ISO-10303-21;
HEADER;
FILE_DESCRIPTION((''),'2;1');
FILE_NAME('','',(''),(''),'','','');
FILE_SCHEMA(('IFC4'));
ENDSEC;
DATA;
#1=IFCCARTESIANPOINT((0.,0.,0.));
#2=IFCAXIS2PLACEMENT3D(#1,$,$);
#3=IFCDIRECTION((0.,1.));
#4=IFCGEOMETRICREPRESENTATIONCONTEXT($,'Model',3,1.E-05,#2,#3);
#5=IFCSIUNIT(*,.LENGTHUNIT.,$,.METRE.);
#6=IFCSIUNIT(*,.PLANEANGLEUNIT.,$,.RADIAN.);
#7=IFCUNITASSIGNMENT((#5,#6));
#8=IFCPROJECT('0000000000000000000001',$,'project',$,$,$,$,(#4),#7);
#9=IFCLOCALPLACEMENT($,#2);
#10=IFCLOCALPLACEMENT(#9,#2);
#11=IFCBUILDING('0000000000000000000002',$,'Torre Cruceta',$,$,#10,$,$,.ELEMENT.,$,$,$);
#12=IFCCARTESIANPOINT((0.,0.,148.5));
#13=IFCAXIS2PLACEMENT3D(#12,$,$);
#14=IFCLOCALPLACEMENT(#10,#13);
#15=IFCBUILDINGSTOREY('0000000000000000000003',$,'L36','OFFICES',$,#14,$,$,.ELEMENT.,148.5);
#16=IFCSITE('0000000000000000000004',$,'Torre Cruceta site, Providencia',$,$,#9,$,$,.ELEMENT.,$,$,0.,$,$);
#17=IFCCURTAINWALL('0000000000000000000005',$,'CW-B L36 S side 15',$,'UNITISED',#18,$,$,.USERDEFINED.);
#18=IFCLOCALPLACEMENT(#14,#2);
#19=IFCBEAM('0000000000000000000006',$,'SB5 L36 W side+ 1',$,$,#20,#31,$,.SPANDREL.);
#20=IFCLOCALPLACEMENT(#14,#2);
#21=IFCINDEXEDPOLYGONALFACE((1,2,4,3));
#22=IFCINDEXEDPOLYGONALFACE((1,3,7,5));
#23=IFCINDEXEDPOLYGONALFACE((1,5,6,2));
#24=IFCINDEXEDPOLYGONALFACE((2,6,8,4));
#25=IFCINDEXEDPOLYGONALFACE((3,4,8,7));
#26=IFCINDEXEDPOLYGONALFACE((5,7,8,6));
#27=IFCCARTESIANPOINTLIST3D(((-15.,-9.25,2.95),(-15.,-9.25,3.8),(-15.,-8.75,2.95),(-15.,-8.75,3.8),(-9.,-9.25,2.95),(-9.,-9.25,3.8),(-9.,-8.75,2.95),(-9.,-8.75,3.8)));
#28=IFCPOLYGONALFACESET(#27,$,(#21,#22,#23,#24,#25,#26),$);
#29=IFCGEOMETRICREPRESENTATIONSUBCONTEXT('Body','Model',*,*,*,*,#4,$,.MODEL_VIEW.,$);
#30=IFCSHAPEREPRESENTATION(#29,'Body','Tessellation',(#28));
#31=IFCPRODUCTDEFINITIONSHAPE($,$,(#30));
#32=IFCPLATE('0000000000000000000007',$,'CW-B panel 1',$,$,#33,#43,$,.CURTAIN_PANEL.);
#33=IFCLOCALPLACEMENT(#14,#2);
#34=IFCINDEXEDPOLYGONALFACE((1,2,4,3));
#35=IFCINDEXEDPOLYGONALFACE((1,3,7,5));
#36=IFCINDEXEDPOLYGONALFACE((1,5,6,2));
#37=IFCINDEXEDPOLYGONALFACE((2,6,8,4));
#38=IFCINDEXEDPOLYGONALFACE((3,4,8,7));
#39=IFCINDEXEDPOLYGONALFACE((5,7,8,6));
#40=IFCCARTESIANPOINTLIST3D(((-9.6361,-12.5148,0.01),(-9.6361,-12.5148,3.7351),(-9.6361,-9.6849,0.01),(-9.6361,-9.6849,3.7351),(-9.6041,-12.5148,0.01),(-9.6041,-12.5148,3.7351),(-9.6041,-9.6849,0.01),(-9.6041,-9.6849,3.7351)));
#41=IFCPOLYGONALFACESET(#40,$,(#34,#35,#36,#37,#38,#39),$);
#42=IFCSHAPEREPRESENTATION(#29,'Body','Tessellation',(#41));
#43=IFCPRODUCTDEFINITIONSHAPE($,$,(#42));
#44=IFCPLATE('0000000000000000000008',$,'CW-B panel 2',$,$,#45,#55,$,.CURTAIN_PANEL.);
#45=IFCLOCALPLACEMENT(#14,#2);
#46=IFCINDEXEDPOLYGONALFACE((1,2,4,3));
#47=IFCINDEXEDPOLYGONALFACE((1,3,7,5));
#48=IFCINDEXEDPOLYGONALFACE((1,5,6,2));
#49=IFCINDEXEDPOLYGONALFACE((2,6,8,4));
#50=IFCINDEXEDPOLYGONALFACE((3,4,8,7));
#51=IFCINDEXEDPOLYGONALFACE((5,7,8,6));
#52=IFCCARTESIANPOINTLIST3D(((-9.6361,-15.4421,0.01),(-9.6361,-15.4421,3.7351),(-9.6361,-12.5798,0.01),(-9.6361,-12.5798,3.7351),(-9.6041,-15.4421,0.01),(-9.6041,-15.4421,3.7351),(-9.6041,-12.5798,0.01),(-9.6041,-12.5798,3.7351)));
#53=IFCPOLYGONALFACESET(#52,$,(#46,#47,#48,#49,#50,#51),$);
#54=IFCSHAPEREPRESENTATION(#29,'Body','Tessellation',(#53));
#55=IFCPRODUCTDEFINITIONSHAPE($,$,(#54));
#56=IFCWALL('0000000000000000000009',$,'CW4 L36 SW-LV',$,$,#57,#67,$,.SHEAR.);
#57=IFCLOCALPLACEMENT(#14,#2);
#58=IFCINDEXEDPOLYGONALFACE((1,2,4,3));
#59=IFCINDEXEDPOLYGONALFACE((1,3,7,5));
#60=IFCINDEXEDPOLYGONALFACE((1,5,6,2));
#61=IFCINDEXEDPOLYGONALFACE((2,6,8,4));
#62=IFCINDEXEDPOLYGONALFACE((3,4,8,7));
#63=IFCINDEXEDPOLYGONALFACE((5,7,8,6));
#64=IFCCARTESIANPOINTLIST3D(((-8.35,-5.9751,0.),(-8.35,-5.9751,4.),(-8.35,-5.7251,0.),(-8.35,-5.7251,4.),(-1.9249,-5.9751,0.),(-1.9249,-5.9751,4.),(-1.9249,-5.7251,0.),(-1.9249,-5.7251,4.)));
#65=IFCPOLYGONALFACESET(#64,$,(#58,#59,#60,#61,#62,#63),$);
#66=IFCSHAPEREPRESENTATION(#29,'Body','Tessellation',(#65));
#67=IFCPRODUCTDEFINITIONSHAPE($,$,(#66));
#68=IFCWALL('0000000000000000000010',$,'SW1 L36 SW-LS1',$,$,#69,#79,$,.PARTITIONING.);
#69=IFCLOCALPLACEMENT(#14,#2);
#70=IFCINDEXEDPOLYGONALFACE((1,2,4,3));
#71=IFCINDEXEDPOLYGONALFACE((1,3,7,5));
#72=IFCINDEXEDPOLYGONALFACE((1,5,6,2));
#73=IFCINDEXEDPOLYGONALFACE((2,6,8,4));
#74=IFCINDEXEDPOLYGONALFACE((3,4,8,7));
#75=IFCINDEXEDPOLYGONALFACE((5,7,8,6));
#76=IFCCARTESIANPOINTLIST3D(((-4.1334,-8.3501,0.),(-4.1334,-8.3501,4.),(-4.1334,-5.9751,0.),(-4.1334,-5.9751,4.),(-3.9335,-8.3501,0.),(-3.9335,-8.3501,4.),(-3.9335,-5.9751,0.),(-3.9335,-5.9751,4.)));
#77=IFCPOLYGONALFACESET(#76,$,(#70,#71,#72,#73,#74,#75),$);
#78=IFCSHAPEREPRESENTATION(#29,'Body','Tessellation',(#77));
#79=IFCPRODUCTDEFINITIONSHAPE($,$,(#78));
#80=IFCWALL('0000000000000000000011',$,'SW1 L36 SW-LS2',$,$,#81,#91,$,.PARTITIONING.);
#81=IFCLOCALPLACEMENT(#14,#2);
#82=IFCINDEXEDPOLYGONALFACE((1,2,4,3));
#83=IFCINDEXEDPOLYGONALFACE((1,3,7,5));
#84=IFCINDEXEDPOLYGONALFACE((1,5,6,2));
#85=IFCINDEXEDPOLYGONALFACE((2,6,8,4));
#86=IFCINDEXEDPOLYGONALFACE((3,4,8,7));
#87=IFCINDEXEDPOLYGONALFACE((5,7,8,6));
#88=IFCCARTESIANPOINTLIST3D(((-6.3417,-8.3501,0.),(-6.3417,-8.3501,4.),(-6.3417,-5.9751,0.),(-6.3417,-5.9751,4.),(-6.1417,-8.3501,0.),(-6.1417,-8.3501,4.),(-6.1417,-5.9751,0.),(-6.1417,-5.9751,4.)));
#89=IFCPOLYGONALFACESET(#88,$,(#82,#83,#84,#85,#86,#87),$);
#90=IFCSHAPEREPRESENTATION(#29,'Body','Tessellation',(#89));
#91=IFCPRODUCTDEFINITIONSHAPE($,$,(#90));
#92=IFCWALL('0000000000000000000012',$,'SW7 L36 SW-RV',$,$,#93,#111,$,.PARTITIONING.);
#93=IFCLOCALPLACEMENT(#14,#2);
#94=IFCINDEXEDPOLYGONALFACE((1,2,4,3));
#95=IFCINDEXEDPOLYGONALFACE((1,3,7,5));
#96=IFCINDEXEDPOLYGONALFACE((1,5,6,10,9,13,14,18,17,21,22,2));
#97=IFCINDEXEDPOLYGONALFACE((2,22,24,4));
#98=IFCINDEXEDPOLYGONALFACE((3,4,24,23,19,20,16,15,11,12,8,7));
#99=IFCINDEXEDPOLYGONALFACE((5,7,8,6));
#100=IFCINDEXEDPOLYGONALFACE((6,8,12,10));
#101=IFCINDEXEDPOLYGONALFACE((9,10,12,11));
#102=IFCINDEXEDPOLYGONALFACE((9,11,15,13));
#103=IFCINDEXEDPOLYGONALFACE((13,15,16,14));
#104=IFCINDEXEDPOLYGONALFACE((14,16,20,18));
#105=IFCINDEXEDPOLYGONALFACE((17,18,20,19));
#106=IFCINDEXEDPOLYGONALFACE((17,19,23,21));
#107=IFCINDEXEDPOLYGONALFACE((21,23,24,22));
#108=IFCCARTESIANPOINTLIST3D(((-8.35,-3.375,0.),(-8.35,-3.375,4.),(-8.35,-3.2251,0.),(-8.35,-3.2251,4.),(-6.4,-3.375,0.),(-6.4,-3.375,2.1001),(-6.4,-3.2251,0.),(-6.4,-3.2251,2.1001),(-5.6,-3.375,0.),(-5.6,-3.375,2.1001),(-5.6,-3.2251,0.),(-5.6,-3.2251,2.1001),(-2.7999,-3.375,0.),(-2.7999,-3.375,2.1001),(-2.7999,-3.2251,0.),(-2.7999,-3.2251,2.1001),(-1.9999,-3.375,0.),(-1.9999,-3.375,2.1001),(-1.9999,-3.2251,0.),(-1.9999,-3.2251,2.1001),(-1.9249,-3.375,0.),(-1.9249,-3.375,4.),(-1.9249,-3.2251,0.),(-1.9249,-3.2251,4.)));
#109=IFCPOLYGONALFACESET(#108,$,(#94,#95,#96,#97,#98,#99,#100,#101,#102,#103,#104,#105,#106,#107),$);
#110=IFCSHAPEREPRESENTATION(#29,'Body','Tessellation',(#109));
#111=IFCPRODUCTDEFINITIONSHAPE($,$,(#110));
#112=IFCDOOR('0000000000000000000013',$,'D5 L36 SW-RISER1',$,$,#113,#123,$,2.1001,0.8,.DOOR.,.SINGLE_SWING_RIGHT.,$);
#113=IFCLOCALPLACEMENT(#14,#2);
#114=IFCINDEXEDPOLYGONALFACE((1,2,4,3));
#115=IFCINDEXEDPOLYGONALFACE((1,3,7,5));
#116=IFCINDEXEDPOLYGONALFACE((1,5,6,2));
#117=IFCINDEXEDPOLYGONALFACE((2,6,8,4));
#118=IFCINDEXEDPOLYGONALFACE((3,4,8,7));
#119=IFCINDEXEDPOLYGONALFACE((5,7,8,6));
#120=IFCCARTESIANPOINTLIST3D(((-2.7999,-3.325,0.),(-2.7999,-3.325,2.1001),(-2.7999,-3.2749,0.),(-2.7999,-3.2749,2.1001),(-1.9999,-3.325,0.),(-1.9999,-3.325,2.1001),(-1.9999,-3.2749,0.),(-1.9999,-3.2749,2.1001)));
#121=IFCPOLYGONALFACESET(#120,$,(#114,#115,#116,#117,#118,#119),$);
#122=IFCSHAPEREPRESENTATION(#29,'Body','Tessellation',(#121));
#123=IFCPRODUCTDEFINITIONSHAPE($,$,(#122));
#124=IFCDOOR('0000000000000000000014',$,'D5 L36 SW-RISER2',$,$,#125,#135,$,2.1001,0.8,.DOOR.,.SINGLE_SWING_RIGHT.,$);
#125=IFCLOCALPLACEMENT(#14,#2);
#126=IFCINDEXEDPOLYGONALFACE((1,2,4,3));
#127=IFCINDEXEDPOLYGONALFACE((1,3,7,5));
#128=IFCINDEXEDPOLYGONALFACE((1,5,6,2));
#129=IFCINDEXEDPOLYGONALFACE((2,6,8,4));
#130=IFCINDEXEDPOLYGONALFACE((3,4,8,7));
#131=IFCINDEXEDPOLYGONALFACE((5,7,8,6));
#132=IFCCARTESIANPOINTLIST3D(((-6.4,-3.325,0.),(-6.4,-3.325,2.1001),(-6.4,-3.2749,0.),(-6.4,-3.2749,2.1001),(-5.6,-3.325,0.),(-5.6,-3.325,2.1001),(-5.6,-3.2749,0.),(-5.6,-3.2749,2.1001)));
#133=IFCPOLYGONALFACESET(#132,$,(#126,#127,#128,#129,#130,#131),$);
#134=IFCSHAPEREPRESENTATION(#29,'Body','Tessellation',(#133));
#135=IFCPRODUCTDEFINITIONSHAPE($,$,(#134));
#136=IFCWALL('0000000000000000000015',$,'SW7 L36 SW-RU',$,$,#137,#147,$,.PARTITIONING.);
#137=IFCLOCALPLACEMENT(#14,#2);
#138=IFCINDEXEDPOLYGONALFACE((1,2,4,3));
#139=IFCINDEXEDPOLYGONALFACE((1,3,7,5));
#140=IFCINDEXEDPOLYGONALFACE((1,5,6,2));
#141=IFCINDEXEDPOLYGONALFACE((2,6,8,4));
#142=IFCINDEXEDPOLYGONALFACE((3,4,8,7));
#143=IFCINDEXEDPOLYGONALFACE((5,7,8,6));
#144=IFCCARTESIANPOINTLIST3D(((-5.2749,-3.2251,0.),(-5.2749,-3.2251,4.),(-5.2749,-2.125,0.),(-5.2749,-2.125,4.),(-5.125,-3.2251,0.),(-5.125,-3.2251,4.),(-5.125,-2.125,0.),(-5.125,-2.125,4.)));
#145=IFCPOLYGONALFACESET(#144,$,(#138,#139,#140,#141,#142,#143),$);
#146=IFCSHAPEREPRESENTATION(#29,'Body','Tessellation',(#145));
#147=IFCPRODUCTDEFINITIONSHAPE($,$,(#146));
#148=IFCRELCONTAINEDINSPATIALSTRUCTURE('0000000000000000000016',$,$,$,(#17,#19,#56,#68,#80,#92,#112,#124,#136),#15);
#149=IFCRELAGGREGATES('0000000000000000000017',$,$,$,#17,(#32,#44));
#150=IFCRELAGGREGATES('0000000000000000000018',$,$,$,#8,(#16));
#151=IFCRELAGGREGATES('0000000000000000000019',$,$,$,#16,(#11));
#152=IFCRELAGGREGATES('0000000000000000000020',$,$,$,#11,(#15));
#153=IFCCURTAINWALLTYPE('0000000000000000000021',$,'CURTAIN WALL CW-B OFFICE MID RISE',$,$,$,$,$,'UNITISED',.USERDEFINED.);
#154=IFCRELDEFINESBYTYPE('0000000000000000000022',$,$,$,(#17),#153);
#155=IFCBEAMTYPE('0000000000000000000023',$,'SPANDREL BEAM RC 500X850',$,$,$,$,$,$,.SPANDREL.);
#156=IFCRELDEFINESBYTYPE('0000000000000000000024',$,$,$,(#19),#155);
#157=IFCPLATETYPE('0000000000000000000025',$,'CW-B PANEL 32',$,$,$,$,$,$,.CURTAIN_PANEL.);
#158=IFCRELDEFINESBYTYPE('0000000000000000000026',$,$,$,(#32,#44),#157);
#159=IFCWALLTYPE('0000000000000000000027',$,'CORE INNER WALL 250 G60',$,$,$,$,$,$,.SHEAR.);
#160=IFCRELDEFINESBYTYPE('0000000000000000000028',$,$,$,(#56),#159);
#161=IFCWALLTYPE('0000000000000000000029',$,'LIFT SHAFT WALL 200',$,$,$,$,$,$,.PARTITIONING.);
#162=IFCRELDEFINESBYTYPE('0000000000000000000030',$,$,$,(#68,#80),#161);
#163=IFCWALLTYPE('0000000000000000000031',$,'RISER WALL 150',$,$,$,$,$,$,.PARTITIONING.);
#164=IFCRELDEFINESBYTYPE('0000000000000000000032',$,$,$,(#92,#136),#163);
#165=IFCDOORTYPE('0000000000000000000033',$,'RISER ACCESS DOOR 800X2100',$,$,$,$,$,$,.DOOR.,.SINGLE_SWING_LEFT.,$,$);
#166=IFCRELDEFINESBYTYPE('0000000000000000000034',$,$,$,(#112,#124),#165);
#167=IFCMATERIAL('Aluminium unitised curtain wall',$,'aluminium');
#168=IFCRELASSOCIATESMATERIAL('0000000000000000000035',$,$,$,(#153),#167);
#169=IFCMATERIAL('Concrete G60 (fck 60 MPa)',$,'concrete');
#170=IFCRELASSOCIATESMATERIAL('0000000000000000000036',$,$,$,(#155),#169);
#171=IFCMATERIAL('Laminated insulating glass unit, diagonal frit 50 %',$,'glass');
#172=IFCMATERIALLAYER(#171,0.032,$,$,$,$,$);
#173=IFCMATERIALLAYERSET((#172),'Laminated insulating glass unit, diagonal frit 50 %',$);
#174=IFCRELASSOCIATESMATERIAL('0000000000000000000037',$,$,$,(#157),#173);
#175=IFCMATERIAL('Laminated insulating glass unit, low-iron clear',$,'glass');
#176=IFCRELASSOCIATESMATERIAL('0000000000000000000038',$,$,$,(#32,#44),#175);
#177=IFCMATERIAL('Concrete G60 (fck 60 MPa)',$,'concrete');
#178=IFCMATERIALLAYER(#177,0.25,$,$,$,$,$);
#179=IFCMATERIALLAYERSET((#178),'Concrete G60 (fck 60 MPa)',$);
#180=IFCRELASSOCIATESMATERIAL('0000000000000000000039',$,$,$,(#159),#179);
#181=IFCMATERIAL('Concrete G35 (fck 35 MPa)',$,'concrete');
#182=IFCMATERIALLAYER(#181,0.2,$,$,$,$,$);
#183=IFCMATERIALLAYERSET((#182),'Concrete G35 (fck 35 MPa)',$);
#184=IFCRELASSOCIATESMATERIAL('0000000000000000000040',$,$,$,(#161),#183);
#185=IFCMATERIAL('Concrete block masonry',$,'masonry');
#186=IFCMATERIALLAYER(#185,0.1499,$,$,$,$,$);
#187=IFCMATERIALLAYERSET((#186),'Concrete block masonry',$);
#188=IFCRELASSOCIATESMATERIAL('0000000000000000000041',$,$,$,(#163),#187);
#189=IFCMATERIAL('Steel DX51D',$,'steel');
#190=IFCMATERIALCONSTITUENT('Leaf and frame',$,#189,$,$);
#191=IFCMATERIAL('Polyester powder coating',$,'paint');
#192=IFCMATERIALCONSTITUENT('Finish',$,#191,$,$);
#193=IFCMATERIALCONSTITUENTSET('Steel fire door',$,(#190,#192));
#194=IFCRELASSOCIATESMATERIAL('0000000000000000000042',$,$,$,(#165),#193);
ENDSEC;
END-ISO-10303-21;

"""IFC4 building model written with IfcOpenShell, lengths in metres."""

from ifc_helpers import new_model, si_unit, direction, frame, frame_2d, origin, origin_2d, place, context, subcontext, project, spatial, rectangle, extrude, material, layer, layer_set, constituent, constituent_set, material_profile, profile_set, type_object, element, fill, aggregate, save


model = new_model("IFC4")

# Units and contexts
model_context = context("Model", 3, precision=1e-05, world=origin(), true_north=direction((0.0, 1.0)))
body_context = subcontext(model_context, "Body", "Model", "MODEL_VIEW")
ifc_project = project(units=[si_unit("LENGTHUNIT", "METRE"), si_unit("PLANEANGLEUNIT", "RADIAN")], contexts=[model_context])

# Site, building, storey
site_placement = place(None, origin())
site = spatial("IfcSite", under=ifc_project, at=site_placement, Name="Torre Cruceta site, Providencia", CompositionType="ELEMENT", RefElevation=0.0)
building_placement = place(site_placement, origin())
building = spatial("IfcBuilding", under=site, at=building_placement, Name="Torre Cruceta", CompositionType="ELEMENT")
storey_placement = place(building_placement, frame((0.0, 0.0, 148.5)))
storey = spatial("IfcBuildingStorey", under=building, at=storey_placement, Name="L36", Description="OFFICES", CompositionType="ELEMENT", Elevation=148.5)

# Curtain wall
ifc_material_1 = material(Name="Aluminium unitised curtain wall", Category="aluminium")
curtain_wall_type = type_object("IfcCurtainWallType", Name="CURTAIN WALL CW-B OFFICE MID RISE", ElementType="UNITISED", PredefinedType="USERDEFINED", material=ifc_material_1)
curtain_wall_placement = place(storey_placement, origin())
curtain_wall = element("IfcCurtainWall", 1, at=curtain_wall_placement, inside=storey, type_object=curtain_wall_type, Name="CW-B L36 S side 15", ObjectType="UNITISED", PredefinedType="USERDEFINED")

# Beam
ifc_material_2 = material(Name="Concrete G60 (fck 60 MPa)", Category="concrete")
ifc_material_profile_1 = material_profile(ifc_material_2, rectangle(XDim=0.5, YDim=0.8501, at=origin_2d()), Name="RC 500X850")
ifc_profile_set_1 = profile_set([ifc_material_profile_1], Name="Concrete G60 (fck 60 MPa)")
beam_type_1 = type_object("IfcBeamType", Name="SPANDREL BEAM RC 500X850", PredefinedType="SPANDREL", material=ifc_profile_set_1)
beam_1_placement = place(storey_placement, frame((-9.0, -9.0, 3.375), z_axis=(-1.0, 0.0, 0.0), x_axis=(0.0, -1.0, 0.0)))
element("IfcBeam", 2, at=beam_1_placement, inside=storey, type_object=beam_type_1, Name="SB5 L36 W side+ 1", PredefinedType="SPANDREL", context=body_context, shape_type="SweptSolid", body=[
    extrude(rectangle(XDim=0.5, YDim=0.8501, at=origin_2d()), origin(), (0.0, 0.0, 1.0), 6.0),
])

# Plates
ifc_material_3 = material(Name="Laminated insulating glass unit, low-iron clear", Category="glass")
ifc_material_4 = material(Name="Laminated insulating glass unit, diagonal frit 50 %", Category="glass")
ifc_layer_1 = layer(ifc_material_4, 0.032)
ifc_layer_set_1 = layer_set([ifc_layer_1], Name="Laminated insulating glass unit, diagonal frit 50 %")
plate_type = type_object("IfcPlateType", Name="CW-B PANEL 32", PredefinedType="CURTAIN_PANEL", material=ifc_layer_set_1)
plate_1_placement = place(storey_placement, frame((-9.6201, -11.0999, 0.01), z_axis=(0.0, 0.0, 1.0), x_axis=(0.0, -1.0, 0.0)))
plate_1 = element("IfcPlate", 3, at=plate_1_placement, type_object=plate_type, material=ifc_material_3, Name="CW-B panel 1", PredefinedType="CURTAIN_PANEL", context=body_context, shape_type="SweptSolid", body=[
    extrude(rectangle(XDim=2.8298, YDim=0.032, at=origin_2d()), origin(), (0.0, 0.0, 1.0), 3.7251),
])
plate_2_placement = place(storey_placement, frame((-9.6201, -14.011, 0.01), z_axis=(0.0, 0.0, 1.0), x_axis=(0.0, -1.0, 0.0)))
plate_2 = element("IfcPlate", 4, at=plate_2_placement, type_object=plate_type, material=ifc_material_3, Name="CW-B panel 2", PredefinedType="CURTAIN_PANEL", context=body_context, shape_type="SweptSolid", body=[
    extrude(rectangle(XDim=2.8623, YDim=0.032, at=origin_2d()), origin(), (0.0, 0.0, 1.0), 3.7251),
])
aggregate(curtain_wall, [plate_1, plate_2])

# Wall
ifc_material_5 = material(Name="Concrete G60 (fck 60 MPa)", Category="concrete")
ifc_layer_2 = layer(ifc_material_5, 0.25)
ifc_layer_set_2 = layer_set([ifc_layer_2], Name="Concrete G60 (fck 60 MPa)")
wall_type_1 = type_object("IfcWallType", Name="CORE INNER WALL 250 G60", PredefinedType="SHEAR", material=ifc_layer_set_2)
wall_1_placement = place(storey_placement, frame((-1.925, -5.8501, 0.0), z_axis=(0.0, 0.0, 1.0), x_axis=(-1.0, 0.0, 0.0)))
element("IfcWall", 5, at=wall_1_placement, inside=storey, type_object=wall_type_1, Name="CW4 L36 SW-LV", PredefinedType="SHEAR", context=body_context, shape_type="SweptSolid", body=[
    extrude(rectangle(XDim=6.425, YDim=0.25, at=frame_2d((3.2124, 0.0))), origin(), (0.0, 0.0, 1.0), 4.0),
])

# Walls
ifc_material_6 = material(Name="Concrete G35 (fck 35 MPa)", Category="concrete")
ifc_layer_3 = layer(ifc_material_6, 0.2)
ifc_layer_set_3 = layer_set([ifc_layer_3], Name="Concrete G35 (fck 35 MPa)")
wall_type_2 = type_object("IfcWallType", Name="LIFT SHAFT WALL 200", PredefinedType="PARTITIONING", material=ifc_layer_set_3)
for number, where, z_axis, x_axis, name in (
    (6, (-4.0334, -5.9751, 0.0), (0.0, 0.0, 1.0), (0.0, -1.0, 0.0), "SW1 L36 SW-LS1"),
    (7, (-6.2417, -5.9751, 0.0), (0.0, 0.0, 1.0), (0.0, -1.0, 0.0), "SW1 L36 SW-LS2"),
):
    element("IfcWall", number, at=place(storey_placement, frame(where, z_axis=z_axis, x_axis=x_axis)), inside=storey, type_object=wall_type_2, Name=name, PredefinedType="PARTITIONING", context=body_context, shape_type="SweptSolid", body=[
        extrude(rectangle(XDim=2.375, YDim=0.2, at=frame_2d((1.1875, 0.0))), origin(), (0.0, 0.0, 1.0), 4.0),
    ])

# Wall, openings, doors
ifc_material_7 = material(Name="Concrete block masonry", Category="masonry")
ifc_layer_4 = layer(ifc_material_7, 0.1499)
ifc_layer_set_4 = layer_set([ifc_layer_4], Name="Concrete block masonry")
wall_type_3 = type_object("IfcWallType", Name="RISER WALL 150", PredefinedType="PARTITIONING", material=ifc_layer_set_4)
wall_2_placement = place(storey_placement, frame((-1.925, -3.3, 0.0), z_axis=(0.0, 0.0, 1.0), x_axis=(-1.0, 0.0, 0.0)))
wall_2 = element("IfcWall", 8, at=wall_2_placement, inside=storey, type_object=wall_type_3, Name="SW7 L36 SW-RV", PredefinedType="PARTITIONING", context=body_context, shape_type="SweptSolid", body=[
    extrude(rectangle(XDim=6.425, YDim=0.1499, at=frame_2d((3.2124, 0.0))), origin(), (0.0, 0.0, 1.0), 4.0),
])
opening_1_placement = place(wall_2_placement, frame((0.075, 0.0, 0.0)))
opening_1 = element("IfcOpeningElement", 9, at=opening_1_placement, cuts=wall_2, PredefinedType="OPENING", context=body_context, shape_type="SweptSolid", body=[
    extrude(rectangle(XDim=0.8, YDim=2.1001, at=frame_2d((0.3999, 1.05))), frame((0.0, 0.085, 0.0), z_axis=(0.0, -1.0, 0.0), x_axis=(1.0, 0.0, 0.0)), (0.0, 0.0, 1.0), 0.1699),
])
opening_2_placement = place(wall_2_placement, frame((3.675, 0.0, 0.0)))
opening_2 = element("IfcOpeningElement", 10, at=opening_2_placement, cuts=wall_2, PredefinedType="OPENING", context=body_context, shape_type="SweptSolid", body=[
    extrude(rectangle(XDim=0.8, YDim=2.1001, at=frame_2d((0.3999, 1.05))), frame((0.0, 0.085, 0.0), z_axis=(0.0, -1.0, 0.0), x_axis=(1.0, 0.0, 0.0)), (0.0, 0.0, 1.0), 0.1699),
])
ifc_material_8 = material(Name="Steel DX51D", Category="steel")
ifc_constituent_1 = constituent(ifc_material_8, Name="Leaf and frame")
ifc_material_9 = material(Name="Polyester powder coating", Category="paint")
ifc_constituent_2 = constituent(ifc_material_9, Name="Finish")
ifc_constituent_set_1 = constituent_set(constituents=[ifc_constituent_1, ifc_constituent_2], Name="Steel fire door")
door_type_1 = type_object("IfcDoorType", Name="RISER ACCESS DOOR 800X2100", OperationType="SINGLE_SWING_LEFT", PredefinedType="DOOR", material=ifc_constituent_set_1)
door_1_placement = place(opening_1_placement, frame((0.8, 0.0, 0.0), z_axis=(0.0, 0.0, 1.0), x_axis=(-1.0, 0.0, 0.0)))
door_1 = element("IfcDoor", 11, at=door_1_placement, inside=storey, type_object=door_type_1, Name="D5 L36 SW-RISER1", OperationType="SINGLE_SWING_RIGHT", OverallHeight=2.1001, OverallWidth=0.8, PredefinedType="DOOR", context=body_context, shape_type="SweptSolid", body=[
    extrude(rectangle(XDim=0.8, YDim=2.1001, at=frame_2d((0.4001, 1.05))), frame((0.0, 0.0251, 0.0), z_axis=(0.0, -1.0, 0.0), x_axis=(1.0, 0.0, 0.0)), (0.0, 0.0, 1.0), 0.05),
])
fill(opening_1, door_1)
door_2_placement = place(opening_2_placement, frame((0.8, 0.0, 0.0), z_axis=(0.0, 0.0, 1.0), x_axis=(-1.0, 0.0, 0.0)))
door_2 = element("IfcDoor", 12, at=door_2_placement, inside=storey, type_object=door_type_1, Name="D5 L36 SW-RISER2", OperationType="SINGLE_SWING_RIGHT", OverallHeight=2.1001, OverallWidth=0.8, PredefinedType="DOOR", context=body_context, shape_type="SweptSolid", body=[
    extrude(rectangle(XDim=0.8, YDim=2.1001, at=frame_2d((0.4001, 1.05))), frame((0.0, 0.0251, 0.0), z_axis=(0.0, -1.0, 0.0), x_axis=(1.0, 0.0, 0.0)), (0.0, 0.0, 1.0), 0.05),
])
fill(opening_2, door_2)

# Wall
wall_3_placement = place(storey_placement, frame((-5.2, -2.125, 0.0), z_axis=(0.0, 0.0, 1.0), x_axis=(0.0, -1.0, 0.0)))
element("IfcWall", 13, at=wall_3_placement, inside=storey, type_object=wall_type_3, Name="SW7 L36 SW-RU", PredefinedType="PARTITIONING", context=body_context, shape_type="SweptSolid", body=[
    extrude(rectangle(XDim=1.1001, YDim=0.1499, at=frame_2d((0.55, 0.0))), origin(), (0.0, 0.0, 1.0), 4.0),
])

save(model, "model.ifc")
